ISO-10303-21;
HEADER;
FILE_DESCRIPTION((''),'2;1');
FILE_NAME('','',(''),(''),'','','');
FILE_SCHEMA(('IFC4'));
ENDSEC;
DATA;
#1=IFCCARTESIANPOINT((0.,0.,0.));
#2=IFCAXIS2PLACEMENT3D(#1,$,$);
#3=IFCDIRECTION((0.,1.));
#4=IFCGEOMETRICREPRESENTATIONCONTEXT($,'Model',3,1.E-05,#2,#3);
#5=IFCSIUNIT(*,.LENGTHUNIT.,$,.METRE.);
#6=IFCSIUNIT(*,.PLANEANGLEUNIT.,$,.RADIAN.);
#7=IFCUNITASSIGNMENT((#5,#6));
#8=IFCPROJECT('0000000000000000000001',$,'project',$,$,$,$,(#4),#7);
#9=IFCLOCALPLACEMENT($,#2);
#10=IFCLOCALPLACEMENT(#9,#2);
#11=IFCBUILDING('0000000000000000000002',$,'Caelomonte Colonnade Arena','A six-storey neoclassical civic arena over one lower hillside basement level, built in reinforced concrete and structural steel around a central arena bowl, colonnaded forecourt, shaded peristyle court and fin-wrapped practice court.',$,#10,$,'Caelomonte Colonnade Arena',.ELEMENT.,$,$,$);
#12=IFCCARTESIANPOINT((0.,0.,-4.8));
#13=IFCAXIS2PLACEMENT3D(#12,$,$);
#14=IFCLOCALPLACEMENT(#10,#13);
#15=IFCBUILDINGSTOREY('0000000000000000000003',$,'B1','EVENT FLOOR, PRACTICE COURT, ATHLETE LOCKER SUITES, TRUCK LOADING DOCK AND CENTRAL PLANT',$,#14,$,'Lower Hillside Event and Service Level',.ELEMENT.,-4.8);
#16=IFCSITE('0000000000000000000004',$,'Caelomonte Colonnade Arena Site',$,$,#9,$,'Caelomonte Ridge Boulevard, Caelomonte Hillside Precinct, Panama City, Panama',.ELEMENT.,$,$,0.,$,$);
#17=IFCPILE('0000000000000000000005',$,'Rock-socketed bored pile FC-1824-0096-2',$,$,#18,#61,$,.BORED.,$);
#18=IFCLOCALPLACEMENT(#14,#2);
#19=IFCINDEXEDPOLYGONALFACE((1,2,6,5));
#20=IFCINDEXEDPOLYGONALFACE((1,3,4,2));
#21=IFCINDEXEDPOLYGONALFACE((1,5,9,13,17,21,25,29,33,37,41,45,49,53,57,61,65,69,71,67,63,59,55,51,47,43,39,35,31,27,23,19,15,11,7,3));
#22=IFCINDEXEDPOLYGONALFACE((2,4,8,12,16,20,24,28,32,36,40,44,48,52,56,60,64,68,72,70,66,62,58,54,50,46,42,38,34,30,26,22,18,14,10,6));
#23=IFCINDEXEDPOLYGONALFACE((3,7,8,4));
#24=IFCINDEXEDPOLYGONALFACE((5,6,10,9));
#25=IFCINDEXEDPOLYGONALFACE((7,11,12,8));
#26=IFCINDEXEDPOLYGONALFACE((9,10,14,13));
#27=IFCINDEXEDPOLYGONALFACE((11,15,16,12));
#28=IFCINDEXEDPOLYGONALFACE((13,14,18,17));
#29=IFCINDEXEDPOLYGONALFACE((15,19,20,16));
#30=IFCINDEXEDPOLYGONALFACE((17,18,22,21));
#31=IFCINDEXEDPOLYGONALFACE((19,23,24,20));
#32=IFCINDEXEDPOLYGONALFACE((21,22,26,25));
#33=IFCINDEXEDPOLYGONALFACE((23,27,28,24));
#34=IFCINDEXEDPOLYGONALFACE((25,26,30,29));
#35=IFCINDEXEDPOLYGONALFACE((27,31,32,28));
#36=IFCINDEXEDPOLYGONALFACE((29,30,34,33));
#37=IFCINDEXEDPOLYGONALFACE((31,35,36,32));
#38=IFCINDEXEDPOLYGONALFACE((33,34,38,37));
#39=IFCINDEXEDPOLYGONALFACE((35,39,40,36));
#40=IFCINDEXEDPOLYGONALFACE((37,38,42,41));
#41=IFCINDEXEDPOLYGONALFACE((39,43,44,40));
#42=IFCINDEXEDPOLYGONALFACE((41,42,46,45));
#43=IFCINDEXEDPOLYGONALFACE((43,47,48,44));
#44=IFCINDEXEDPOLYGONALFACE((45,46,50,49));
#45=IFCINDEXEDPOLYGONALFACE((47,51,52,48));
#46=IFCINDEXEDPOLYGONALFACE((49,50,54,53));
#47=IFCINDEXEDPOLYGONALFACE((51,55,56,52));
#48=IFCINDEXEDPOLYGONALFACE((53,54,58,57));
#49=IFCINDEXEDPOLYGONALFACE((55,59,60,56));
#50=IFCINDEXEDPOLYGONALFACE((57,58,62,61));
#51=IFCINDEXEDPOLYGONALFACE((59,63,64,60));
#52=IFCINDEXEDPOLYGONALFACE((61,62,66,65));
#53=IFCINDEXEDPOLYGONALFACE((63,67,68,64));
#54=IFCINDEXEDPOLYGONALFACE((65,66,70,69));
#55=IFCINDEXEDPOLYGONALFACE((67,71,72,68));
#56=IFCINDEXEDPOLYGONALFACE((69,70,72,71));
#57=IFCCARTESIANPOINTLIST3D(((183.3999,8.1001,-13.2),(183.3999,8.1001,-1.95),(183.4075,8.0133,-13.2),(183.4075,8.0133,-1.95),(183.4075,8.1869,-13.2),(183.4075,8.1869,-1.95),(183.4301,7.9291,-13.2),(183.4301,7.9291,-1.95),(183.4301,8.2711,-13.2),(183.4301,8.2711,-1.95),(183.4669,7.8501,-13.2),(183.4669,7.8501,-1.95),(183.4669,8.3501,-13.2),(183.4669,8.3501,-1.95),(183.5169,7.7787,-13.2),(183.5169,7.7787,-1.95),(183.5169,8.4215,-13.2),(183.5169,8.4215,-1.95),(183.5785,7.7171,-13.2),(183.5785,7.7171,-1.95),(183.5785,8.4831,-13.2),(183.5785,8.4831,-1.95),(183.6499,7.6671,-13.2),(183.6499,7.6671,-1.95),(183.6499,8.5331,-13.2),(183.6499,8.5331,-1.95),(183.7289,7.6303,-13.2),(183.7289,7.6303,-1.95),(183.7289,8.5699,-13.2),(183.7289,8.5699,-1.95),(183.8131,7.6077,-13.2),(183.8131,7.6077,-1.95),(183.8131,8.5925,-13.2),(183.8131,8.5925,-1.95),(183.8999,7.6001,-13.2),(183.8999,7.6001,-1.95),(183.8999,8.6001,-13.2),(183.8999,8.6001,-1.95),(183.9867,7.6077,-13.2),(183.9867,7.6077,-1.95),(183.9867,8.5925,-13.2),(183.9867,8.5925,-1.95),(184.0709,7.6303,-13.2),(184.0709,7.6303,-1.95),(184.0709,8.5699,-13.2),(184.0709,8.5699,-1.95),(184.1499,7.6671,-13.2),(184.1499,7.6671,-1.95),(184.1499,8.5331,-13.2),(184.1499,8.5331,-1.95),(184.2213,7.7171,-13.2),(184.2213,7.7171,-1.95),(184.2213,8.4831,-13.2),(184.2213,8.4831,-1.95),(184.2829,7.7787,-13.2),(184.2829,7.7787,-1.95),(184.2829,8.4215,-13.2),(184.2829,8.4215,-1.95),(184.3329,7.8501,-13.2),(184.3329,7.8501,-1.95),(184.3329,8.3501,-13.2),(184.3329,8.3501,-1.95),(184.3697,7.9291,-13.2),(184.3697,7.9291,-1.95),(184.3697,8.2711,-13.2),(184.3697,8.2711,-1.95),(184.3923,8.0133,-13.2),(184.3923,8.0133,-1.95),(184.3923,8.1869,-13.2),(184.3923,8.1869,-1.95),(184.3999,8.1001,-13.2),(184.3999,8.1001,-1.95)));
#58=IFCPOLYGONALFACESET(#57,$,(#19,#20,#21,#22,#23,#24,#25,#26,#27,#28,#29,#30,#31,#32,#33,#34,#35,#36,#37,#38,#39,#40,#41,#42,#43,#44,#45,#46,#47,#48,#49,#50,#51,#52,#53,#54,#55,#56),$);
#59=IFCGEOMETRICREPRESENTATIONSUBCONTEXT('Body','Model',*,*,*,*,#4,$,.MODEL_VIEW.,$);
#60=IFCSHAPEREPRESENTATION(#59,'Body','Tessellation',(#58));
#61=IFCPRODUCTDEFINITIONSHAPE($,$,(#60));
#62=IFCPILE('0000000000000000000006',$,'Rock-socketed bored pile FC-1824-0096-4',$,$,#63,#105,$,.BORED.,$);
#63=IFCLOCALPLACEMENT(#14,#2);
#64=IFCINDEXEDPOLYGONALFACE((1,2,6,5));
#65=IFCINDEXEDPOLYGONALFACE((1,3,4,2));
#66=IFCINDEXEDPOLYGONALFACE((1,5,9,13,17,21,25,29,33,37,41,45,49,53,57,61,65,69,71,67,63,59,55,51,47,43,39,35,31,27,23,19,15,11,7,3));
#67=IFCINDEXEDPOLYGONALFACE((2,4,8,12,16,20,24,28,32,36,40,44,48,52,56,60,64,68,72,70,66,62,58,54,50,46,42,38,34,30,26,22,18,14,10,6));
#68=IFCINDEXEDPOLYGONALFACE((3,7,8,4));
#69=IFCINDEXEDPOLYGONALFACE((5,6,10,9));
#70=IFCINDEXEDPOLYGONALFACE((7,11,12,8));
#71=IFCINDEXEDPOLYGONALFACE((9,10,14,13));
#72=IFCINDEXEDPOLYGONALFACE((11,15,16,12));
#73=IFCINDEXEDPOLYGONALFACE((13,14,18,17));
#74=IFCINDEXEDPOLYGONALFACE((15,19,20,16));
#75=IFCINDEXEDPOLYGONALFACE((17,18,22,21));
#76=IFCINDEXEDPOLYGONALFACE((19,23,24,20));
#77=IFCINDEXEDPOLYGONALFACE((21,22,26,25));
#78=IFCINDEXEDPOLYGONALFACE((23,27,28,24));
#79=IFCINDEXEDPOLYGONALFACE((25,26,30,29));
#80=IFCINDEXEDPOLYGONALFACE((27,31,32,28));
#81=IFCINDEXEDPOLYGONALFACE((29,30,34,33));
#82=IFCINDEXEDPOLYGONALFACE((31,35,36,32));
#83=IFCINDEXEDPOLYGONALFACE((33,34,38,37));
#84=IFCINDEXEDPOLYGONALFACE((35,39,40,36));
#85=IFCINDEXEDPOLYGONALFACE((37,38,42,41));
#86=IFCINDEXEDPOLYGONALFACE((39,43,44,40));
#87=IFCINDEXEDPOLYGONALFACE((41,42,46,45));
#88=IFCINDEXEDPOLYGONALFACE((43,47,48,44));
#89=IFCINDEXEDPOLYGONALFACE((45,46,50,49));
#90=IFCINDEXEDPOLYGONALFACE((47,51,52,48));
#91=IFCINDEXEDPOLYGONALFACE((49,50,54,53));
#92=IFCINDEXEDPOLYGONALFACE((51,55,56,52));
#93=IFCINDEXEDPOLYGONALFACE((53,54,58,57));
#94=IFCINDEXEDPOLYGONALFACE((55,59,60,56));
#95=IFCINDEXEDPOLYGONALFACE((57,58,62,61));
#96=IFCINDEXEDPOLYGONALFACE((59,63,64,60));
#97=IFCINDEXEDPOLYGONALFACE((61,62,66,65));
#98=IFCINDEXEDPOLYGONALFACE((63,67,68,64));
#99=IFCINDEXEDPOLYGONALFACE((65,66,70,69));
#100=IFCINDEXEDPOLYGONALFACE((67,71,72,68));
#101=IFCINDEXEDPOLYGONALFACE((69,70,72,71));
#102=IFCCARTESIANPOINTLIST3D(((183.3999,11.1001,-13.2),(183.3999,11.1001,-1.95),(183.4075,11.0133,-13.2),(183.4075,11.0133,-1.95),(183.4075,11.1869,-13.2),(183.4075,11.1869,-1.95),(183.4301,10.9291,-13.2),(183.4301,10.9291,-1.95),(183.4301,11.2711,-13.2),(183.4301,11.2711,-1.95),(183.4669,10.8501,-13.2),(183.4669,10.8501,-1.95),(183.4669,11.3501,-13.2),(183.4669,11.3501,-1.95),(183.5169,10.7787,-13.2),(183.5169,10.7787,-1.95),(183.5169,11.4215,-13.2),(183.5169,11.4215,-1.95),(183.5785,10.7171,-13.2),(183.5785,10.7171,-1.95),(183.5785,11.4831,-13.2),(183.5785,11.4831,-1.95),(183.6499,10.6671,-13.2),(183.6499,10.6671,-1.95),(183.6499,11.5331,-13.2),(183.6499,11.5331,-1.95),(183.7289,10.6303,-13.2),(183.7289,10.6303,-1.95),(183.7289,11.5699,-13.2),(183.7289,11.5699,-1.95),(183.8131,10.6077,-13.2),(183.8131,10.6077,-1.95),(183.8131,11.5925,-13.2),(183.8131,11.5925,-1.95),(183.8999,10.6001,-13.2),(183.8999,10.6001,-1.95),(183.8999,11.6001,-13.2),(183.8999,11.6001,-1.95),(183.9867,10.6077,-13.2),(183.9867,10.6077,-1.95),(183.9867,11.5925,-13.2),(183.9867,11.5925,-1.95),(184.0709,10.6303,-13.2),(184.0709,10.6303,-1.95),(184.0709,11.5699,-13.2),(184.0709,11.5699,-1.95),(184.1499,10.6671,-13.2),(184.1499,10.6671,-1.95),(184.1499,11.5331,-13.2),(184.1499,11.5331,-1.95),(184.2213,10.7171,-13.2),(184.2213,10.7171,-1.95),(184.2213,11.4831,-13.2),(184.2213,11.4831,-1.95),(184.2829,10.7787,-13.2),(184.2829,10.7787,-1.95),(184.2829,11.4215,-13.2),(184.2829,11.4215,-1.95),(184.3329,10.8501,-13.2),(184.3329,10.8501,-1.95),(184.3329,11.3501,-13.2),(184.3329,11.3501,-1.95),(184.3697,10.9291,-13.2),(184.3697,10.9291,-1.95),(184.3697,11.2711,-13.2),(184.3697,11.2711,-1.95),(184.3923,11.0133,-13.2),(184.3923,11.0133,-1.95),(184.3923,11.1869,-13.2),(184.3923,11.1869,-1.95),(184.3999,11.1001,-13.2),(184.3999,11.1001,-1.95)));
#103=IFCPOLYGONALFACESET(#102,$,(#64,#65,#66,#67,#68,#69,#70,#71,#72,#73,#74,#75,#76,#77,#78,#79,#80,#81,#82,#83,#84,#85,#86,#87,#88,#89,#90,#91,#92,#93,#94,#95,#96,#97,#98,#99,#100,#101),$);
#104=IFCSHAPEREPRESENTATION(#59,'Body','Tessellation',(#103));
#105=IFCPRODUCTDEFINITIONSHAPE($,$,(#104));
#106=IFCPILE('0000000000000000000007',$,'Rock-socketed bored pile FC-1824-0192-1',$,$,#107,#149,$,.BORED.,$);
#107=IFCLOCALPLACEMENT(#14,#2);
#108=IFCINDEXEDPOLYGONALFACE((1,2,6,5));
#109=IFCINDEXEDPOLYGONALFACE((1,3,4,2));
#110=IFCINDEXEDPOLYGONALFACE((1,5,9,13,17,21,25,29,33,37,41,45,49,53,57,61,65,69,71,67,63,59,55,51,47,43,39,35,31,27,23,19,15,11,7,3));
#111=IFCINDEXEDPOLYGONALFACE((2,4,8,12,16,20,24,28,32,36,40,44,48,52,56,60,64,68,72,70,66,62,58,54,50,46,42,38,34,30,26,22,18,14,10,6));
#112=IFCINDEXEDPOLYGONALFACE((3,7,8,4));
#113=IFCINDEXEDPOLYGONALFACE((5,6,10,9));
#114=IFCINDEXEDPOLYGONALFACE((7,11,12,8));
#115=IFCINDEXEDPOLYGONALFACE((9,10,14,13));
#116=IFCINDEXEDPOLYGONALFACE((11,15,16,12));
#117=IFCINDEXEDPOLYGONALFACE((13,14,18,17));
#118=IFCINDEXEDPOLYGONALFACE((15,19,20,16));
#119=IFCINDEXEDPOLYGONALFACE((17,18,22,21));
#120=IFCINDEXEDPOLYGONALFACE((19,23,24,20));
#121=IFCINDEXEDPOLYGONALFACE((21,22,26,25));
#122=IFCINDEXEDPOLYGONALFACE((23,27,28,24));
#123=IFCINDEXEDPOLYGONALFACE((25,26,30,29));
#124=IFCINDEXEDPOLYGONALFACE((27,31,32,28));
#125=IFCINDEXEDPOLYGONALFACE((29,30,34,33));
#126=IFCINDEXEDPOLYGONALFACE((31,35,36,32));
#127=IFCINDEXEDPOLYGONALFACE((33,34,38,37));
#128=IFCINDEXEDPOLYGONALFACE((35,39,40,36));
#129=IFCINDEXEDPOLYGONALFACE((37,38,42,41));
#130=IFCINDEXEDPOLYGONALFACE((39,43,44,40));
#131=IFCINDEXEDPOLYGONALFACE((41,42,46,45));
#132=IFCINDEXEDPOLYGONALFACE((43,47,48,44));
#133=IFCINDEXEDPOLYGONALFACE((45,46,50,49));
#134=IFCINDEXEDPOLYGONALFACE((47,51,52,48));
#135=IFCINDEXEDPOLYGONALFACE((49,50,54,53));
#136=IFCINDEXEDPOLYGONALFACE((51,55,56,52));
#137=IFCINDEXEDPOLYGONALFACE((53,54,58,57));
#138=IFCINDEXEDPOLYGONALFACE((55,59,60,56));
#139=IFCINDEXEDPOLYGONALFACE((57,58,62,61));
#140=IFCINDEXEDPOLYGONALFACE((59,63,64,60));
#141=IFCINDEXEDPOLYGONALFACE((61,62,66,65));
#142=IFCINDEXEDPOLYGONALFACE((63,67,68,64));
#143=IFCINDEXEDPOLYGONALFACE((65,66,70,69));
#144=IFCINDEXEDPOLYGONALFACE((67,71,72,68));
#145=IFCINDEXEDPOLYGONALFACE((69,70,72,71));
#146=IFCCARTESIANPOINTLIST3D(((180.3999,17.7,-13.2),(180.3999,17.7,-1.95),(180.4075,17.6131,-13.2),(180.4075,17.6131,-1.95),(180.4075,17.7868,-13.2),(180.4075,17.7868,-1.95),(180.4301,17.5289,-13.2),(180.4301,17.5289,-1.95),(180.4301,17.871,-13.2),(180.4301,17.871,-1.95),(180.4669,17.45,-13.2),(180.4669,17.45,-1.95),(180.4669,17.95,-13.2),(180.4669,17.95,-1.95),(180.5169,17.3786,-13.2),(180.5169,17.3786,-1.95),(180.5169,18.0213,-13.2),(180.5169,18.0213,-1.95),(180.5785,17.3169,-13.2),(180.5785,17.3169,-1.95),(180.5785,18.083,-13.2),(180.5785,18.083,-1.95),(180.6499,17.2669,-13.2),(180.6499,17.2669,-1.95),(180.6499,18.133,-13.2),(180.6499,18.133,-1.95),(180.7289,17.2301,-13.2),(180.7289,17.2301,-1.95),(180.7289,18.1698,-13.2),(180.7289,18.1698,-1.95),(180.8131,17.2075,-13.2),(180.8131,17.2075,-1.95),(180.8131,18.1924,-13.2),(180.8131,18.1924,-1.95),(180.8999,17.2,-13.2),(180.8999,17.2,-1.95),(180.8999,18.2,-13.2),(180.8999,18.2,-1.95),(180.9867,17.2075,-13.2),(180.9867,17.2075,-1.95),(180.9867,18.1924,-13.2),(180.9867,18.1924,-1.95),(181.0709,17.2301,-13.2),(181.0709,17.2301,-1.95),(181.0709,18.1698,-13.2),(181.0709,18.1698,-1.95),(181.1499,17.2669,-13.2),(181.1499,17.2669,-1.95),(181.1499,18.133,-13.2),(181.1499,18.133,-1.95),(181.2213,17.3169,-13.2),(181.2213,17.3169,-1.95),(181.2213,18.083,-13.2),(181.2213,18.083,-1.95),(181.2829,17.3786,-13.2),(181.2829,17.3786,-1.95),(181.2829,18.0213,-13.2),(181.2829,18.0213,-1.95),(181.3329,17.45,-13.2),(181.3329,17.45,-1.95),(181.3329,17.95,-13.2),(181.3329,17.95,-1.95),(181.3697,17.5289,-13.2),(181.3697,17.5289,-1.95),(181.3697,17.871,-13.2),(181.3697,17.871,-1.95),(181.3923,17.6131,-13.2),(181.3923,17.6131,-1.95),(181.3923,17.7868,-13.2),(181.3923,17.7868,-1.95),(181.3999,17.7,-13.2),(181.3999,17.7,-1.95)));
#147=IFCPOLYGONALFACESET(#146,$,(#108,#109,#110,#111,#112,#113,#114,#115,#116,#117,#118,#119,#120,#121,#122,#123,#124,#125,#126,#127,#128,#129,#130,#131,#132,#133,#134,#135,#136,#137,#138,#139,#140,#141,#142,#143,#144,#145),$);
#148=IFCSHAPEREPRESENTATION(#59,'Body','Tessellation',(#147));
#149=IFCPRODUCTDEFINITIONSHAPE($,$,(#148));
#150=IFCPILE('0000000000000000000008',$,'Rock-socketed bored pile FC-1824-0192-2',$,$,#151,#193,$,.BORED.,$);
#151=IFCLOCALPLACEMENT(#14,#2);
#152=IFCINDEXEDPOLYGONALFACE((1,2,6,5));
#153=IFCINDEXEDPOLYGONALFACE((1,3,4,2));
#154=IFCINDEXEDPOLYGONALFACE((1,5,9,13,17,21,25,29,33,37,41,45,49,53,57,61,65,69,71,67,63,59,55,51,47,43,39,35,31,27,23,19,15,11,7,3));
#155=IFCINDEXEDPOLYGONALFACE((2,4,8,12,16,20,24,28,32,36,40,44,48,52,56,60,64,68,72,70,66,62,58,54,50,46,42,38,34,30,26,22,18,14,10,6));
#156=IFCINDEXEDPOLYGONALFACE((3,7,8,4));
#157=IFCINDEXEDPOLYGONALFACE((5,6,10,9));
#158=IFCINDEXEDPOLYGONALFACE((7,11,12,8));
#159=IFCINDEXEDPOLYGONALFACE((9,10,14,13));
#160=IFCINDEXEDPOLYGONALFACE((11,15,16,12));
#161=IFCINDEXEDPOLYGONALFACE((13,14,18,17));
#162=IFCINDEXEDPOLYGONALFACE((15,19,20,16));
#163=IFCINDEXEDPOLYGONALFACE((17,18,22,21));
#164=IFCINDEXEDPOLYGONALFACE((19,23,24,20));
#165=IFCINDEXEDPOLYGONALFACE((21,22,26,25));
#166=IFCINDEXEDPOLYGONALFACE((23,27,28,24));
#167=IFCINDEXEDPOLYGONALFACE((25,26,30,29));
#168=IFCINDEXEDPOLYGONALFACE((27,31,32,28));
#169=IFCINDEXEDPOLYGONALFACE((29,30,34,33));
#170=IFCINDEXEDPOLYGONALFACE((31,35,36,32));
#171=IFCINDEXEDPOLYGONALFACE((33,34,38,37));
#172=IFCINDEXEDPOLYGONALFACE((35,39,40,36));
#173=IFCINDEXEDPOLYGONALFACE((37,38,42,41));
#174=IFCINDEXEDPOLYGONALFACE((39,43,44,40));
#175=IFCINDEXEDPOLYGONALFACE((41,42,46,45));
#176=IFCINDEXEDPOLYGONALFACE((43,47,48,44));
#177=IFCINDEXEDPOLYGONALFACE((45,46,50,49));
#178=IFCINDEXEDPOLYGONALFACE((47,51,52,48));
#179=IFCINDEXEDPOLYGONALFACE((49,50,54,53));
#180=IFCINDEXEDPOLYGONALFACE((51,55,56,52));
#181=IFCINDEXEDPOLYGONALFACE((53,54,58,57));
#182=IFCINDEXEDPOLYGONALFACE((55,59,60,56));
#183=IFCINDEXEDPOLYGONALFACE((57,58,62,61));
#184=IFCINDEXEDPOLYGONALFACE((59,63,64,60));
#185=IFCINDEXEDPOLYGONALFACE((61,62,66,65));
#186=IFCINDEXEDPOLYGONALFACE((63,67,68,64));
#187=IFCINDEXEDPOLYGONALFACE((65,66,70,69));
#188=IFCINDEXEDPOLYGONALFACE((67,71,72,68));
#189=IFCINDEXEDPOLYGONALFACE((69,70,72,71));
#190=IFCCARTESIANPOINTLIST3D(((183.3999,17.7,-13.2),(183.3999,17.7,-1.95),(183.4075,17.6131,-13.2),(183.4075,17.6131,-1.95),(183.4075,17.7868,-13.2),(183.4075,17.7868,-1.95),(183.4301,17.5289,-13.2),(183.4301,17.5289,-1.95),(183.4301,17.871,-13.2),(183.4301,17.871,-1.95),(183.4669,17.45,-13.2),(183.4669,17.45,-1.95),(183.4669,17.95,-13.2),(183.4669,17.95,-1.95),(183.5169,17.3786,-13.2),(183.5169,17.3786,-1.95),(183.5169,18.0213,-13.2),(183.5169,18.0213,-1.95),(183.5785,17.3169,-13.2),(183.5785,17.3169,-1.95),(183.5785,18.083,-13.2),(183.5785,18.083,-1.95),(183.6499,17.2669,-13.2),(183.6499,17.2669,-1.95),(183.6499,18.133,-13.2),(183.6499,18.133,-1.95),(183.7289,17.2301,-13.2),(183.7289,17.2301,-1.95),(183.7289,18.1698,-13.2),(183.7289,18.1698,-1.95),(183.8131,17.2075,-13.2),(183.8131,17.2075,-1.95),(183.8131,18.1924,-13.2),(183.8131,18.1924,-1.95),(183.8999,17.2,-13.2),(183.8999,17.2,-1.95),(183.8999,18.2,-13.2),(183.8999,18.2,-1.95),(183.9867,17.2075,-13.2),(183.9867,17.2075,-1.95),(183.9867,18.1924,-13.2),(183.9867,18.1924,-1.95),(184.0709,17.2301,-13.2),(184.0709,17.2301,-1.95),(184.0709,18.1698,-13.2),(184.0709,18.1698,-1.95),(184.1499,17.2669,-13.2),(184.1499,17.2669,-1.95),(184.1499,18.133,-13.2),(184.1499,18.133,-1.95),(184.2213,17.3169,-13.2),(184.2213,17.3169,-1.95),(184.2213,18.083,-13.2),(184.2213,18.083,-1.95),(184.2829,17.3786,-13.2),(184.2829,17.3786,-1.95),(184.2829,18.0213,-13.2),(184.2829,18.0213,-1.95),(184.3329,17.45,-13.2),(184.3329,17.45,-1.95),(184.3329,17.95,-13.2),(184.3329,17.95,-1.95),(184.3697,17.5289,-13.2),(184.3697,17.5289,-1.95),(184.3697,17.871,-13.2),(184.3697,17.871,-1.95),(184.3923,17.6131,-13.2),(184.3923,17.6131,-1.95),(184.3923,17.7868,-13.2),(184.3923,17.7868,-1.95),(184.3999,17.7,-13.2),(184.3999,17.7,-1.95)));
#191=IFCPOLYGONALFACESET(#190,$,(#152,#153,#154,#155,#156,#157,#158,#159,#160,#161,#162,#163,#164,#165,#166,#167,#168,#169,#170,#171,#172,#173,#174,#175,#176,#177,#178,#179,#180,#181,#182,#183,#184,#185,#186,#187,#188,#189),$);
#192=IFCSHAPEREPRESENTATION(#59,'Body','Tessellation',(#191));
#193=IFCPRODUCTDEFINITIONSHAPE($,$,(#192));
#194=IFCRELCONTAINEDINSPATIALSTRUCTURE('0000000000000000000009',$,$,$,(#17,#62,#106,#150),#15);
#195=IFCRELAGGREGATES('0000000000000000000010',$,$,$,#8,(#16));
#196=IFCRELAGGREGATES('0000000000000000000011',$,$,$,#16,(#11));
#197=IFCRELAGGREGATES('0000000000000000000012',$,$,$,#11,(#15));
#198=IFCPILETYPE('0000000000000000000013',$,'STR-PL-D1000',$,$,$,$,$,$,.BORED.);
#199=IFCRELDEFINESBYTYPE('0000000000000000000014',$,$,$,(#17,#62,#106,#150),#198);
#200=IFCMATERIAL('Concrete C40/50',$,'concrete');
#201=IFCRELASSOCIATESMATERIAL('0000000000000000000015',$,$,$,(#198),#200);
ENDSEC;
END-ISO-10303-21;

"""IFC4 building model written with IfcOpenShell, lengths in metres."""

from ifc_helpers import new_model, si_unit, direction, frame, origin, origin_2d, place, context, subcontext, project, spatial, circle, extrude, material, material_profile, profile_set, type_object, element, save


model = new_model("IFC4")

# Units and contexts
model_context = context("Model", 3, precision=1e-05, world=origin(), true_north=direction((0.0, 1.0)))
body_context = subcontext(model_context, "Body", "Model", "MODEL_VIEW")
ifc_project = project(units=[si_unit("LENGTHUNIT", "METRE"), si_unit("PLANEANGLEUNIT", "RADIAN")], contexts=[model_context])

# Site, building, storey
site_placement = place(None, origin())
site = spatial("IfcSite", under=ifc_project, at=site_placement, Name="Caelomonte Colonnade Arena Site", LongName="Caelomonte Ridge Boulevard, Caelomonte Hillside Precinct, Panama City, Panama", CompositionType="ELEMENT", RefElevation=0.0)
building_placement = place(site_placement, origin())
building = spatial("IfcBuilding", under=site, at=building_placement, Name="Caelomonte Colonnade Arena", Description="A six-storey neoclassical civic arena over one lower hillside basement level, built in reinforced concrete and structural steel around a central arena bowl, colonnaded forecourt, shaded peristyle court and fin-wrapped practice court.", LongName="Caelomonte Colonnade Arena", CompositionType="ELEMENT")
storey_placement = place(building_placement, frame((0.0, 0.0, -4.8)))
storey = spatial("IfcBuildingStorey", under=building, at=storey_placement, Name="B1", Description="EVENT FLOOR, PRACTICE COURT, ATHLETE LOCKER SUITES, TRUCK LOADING DOCK AND CENTRAL PLANT", LongName="Lower Hillside Event and Service Level", CompositionType="ELEMENT", Elevation=-4.8)

# Shared definitions
ifc_material_1 = material(Name="Concrete C40/50", Category="concrete")

# Piles
ifc_material_profile_1 = material_profile(ifc_material_1, circle(Radius=0.5, at=origin_2d()), Name="PILE-D1000")
ifc_profile_set_1 = profile_set([ifc_material_profile_1], Name="Concrete C40/50")
pile_type = type_object("IfcPileType", Name="STR-PL-D1000", PredefinedType="BORED", material=ifc_profile_set_1)
for number, where, z_axis, x_axis, name in (
    (1, (183.8999, 8.1001, -1.95), (0.0, 0.0, -1.0), (1.0, 0.0, 0.0), "Rock-socketed bored pile FC-1824-0096-2"),
    (2, (183.8999, 11.1001, -1.95), (0.0, 0.0, -1.0), (1.0, 0.0, 0.0), "Rock-socketed bored pile FC-1824-0096-4"),
    (3, (180.8999, 17.7, -1.95), (0.0, 0.0, -1.0), (1.0, 0.0, 0.0), "Rock-socketed bored pile FC-1824-0192-1"),
    (4, (183.8999, 17.7, -1.95), (0.0, 0.0, -1.0), (1.0, 0.0, 0.0), "Rock-socketed bored pile FC-1824-0192-2"),
):
    element("IfcPile", number, at=place(storey_placement, frame(where, z_axis=z_axis, x_axis=x_axis)), inside=storey, type_object=pile_type, Name=name, PredefinedType="BORED", context=body_context, shape_type="SweptSolid", body=[
        extrude(circle(Radius=0.5, at=origin_2d()), origin(), (0.0, 0.0, 1.0), 11.25),
    ])

save(model, "model.ifc")
